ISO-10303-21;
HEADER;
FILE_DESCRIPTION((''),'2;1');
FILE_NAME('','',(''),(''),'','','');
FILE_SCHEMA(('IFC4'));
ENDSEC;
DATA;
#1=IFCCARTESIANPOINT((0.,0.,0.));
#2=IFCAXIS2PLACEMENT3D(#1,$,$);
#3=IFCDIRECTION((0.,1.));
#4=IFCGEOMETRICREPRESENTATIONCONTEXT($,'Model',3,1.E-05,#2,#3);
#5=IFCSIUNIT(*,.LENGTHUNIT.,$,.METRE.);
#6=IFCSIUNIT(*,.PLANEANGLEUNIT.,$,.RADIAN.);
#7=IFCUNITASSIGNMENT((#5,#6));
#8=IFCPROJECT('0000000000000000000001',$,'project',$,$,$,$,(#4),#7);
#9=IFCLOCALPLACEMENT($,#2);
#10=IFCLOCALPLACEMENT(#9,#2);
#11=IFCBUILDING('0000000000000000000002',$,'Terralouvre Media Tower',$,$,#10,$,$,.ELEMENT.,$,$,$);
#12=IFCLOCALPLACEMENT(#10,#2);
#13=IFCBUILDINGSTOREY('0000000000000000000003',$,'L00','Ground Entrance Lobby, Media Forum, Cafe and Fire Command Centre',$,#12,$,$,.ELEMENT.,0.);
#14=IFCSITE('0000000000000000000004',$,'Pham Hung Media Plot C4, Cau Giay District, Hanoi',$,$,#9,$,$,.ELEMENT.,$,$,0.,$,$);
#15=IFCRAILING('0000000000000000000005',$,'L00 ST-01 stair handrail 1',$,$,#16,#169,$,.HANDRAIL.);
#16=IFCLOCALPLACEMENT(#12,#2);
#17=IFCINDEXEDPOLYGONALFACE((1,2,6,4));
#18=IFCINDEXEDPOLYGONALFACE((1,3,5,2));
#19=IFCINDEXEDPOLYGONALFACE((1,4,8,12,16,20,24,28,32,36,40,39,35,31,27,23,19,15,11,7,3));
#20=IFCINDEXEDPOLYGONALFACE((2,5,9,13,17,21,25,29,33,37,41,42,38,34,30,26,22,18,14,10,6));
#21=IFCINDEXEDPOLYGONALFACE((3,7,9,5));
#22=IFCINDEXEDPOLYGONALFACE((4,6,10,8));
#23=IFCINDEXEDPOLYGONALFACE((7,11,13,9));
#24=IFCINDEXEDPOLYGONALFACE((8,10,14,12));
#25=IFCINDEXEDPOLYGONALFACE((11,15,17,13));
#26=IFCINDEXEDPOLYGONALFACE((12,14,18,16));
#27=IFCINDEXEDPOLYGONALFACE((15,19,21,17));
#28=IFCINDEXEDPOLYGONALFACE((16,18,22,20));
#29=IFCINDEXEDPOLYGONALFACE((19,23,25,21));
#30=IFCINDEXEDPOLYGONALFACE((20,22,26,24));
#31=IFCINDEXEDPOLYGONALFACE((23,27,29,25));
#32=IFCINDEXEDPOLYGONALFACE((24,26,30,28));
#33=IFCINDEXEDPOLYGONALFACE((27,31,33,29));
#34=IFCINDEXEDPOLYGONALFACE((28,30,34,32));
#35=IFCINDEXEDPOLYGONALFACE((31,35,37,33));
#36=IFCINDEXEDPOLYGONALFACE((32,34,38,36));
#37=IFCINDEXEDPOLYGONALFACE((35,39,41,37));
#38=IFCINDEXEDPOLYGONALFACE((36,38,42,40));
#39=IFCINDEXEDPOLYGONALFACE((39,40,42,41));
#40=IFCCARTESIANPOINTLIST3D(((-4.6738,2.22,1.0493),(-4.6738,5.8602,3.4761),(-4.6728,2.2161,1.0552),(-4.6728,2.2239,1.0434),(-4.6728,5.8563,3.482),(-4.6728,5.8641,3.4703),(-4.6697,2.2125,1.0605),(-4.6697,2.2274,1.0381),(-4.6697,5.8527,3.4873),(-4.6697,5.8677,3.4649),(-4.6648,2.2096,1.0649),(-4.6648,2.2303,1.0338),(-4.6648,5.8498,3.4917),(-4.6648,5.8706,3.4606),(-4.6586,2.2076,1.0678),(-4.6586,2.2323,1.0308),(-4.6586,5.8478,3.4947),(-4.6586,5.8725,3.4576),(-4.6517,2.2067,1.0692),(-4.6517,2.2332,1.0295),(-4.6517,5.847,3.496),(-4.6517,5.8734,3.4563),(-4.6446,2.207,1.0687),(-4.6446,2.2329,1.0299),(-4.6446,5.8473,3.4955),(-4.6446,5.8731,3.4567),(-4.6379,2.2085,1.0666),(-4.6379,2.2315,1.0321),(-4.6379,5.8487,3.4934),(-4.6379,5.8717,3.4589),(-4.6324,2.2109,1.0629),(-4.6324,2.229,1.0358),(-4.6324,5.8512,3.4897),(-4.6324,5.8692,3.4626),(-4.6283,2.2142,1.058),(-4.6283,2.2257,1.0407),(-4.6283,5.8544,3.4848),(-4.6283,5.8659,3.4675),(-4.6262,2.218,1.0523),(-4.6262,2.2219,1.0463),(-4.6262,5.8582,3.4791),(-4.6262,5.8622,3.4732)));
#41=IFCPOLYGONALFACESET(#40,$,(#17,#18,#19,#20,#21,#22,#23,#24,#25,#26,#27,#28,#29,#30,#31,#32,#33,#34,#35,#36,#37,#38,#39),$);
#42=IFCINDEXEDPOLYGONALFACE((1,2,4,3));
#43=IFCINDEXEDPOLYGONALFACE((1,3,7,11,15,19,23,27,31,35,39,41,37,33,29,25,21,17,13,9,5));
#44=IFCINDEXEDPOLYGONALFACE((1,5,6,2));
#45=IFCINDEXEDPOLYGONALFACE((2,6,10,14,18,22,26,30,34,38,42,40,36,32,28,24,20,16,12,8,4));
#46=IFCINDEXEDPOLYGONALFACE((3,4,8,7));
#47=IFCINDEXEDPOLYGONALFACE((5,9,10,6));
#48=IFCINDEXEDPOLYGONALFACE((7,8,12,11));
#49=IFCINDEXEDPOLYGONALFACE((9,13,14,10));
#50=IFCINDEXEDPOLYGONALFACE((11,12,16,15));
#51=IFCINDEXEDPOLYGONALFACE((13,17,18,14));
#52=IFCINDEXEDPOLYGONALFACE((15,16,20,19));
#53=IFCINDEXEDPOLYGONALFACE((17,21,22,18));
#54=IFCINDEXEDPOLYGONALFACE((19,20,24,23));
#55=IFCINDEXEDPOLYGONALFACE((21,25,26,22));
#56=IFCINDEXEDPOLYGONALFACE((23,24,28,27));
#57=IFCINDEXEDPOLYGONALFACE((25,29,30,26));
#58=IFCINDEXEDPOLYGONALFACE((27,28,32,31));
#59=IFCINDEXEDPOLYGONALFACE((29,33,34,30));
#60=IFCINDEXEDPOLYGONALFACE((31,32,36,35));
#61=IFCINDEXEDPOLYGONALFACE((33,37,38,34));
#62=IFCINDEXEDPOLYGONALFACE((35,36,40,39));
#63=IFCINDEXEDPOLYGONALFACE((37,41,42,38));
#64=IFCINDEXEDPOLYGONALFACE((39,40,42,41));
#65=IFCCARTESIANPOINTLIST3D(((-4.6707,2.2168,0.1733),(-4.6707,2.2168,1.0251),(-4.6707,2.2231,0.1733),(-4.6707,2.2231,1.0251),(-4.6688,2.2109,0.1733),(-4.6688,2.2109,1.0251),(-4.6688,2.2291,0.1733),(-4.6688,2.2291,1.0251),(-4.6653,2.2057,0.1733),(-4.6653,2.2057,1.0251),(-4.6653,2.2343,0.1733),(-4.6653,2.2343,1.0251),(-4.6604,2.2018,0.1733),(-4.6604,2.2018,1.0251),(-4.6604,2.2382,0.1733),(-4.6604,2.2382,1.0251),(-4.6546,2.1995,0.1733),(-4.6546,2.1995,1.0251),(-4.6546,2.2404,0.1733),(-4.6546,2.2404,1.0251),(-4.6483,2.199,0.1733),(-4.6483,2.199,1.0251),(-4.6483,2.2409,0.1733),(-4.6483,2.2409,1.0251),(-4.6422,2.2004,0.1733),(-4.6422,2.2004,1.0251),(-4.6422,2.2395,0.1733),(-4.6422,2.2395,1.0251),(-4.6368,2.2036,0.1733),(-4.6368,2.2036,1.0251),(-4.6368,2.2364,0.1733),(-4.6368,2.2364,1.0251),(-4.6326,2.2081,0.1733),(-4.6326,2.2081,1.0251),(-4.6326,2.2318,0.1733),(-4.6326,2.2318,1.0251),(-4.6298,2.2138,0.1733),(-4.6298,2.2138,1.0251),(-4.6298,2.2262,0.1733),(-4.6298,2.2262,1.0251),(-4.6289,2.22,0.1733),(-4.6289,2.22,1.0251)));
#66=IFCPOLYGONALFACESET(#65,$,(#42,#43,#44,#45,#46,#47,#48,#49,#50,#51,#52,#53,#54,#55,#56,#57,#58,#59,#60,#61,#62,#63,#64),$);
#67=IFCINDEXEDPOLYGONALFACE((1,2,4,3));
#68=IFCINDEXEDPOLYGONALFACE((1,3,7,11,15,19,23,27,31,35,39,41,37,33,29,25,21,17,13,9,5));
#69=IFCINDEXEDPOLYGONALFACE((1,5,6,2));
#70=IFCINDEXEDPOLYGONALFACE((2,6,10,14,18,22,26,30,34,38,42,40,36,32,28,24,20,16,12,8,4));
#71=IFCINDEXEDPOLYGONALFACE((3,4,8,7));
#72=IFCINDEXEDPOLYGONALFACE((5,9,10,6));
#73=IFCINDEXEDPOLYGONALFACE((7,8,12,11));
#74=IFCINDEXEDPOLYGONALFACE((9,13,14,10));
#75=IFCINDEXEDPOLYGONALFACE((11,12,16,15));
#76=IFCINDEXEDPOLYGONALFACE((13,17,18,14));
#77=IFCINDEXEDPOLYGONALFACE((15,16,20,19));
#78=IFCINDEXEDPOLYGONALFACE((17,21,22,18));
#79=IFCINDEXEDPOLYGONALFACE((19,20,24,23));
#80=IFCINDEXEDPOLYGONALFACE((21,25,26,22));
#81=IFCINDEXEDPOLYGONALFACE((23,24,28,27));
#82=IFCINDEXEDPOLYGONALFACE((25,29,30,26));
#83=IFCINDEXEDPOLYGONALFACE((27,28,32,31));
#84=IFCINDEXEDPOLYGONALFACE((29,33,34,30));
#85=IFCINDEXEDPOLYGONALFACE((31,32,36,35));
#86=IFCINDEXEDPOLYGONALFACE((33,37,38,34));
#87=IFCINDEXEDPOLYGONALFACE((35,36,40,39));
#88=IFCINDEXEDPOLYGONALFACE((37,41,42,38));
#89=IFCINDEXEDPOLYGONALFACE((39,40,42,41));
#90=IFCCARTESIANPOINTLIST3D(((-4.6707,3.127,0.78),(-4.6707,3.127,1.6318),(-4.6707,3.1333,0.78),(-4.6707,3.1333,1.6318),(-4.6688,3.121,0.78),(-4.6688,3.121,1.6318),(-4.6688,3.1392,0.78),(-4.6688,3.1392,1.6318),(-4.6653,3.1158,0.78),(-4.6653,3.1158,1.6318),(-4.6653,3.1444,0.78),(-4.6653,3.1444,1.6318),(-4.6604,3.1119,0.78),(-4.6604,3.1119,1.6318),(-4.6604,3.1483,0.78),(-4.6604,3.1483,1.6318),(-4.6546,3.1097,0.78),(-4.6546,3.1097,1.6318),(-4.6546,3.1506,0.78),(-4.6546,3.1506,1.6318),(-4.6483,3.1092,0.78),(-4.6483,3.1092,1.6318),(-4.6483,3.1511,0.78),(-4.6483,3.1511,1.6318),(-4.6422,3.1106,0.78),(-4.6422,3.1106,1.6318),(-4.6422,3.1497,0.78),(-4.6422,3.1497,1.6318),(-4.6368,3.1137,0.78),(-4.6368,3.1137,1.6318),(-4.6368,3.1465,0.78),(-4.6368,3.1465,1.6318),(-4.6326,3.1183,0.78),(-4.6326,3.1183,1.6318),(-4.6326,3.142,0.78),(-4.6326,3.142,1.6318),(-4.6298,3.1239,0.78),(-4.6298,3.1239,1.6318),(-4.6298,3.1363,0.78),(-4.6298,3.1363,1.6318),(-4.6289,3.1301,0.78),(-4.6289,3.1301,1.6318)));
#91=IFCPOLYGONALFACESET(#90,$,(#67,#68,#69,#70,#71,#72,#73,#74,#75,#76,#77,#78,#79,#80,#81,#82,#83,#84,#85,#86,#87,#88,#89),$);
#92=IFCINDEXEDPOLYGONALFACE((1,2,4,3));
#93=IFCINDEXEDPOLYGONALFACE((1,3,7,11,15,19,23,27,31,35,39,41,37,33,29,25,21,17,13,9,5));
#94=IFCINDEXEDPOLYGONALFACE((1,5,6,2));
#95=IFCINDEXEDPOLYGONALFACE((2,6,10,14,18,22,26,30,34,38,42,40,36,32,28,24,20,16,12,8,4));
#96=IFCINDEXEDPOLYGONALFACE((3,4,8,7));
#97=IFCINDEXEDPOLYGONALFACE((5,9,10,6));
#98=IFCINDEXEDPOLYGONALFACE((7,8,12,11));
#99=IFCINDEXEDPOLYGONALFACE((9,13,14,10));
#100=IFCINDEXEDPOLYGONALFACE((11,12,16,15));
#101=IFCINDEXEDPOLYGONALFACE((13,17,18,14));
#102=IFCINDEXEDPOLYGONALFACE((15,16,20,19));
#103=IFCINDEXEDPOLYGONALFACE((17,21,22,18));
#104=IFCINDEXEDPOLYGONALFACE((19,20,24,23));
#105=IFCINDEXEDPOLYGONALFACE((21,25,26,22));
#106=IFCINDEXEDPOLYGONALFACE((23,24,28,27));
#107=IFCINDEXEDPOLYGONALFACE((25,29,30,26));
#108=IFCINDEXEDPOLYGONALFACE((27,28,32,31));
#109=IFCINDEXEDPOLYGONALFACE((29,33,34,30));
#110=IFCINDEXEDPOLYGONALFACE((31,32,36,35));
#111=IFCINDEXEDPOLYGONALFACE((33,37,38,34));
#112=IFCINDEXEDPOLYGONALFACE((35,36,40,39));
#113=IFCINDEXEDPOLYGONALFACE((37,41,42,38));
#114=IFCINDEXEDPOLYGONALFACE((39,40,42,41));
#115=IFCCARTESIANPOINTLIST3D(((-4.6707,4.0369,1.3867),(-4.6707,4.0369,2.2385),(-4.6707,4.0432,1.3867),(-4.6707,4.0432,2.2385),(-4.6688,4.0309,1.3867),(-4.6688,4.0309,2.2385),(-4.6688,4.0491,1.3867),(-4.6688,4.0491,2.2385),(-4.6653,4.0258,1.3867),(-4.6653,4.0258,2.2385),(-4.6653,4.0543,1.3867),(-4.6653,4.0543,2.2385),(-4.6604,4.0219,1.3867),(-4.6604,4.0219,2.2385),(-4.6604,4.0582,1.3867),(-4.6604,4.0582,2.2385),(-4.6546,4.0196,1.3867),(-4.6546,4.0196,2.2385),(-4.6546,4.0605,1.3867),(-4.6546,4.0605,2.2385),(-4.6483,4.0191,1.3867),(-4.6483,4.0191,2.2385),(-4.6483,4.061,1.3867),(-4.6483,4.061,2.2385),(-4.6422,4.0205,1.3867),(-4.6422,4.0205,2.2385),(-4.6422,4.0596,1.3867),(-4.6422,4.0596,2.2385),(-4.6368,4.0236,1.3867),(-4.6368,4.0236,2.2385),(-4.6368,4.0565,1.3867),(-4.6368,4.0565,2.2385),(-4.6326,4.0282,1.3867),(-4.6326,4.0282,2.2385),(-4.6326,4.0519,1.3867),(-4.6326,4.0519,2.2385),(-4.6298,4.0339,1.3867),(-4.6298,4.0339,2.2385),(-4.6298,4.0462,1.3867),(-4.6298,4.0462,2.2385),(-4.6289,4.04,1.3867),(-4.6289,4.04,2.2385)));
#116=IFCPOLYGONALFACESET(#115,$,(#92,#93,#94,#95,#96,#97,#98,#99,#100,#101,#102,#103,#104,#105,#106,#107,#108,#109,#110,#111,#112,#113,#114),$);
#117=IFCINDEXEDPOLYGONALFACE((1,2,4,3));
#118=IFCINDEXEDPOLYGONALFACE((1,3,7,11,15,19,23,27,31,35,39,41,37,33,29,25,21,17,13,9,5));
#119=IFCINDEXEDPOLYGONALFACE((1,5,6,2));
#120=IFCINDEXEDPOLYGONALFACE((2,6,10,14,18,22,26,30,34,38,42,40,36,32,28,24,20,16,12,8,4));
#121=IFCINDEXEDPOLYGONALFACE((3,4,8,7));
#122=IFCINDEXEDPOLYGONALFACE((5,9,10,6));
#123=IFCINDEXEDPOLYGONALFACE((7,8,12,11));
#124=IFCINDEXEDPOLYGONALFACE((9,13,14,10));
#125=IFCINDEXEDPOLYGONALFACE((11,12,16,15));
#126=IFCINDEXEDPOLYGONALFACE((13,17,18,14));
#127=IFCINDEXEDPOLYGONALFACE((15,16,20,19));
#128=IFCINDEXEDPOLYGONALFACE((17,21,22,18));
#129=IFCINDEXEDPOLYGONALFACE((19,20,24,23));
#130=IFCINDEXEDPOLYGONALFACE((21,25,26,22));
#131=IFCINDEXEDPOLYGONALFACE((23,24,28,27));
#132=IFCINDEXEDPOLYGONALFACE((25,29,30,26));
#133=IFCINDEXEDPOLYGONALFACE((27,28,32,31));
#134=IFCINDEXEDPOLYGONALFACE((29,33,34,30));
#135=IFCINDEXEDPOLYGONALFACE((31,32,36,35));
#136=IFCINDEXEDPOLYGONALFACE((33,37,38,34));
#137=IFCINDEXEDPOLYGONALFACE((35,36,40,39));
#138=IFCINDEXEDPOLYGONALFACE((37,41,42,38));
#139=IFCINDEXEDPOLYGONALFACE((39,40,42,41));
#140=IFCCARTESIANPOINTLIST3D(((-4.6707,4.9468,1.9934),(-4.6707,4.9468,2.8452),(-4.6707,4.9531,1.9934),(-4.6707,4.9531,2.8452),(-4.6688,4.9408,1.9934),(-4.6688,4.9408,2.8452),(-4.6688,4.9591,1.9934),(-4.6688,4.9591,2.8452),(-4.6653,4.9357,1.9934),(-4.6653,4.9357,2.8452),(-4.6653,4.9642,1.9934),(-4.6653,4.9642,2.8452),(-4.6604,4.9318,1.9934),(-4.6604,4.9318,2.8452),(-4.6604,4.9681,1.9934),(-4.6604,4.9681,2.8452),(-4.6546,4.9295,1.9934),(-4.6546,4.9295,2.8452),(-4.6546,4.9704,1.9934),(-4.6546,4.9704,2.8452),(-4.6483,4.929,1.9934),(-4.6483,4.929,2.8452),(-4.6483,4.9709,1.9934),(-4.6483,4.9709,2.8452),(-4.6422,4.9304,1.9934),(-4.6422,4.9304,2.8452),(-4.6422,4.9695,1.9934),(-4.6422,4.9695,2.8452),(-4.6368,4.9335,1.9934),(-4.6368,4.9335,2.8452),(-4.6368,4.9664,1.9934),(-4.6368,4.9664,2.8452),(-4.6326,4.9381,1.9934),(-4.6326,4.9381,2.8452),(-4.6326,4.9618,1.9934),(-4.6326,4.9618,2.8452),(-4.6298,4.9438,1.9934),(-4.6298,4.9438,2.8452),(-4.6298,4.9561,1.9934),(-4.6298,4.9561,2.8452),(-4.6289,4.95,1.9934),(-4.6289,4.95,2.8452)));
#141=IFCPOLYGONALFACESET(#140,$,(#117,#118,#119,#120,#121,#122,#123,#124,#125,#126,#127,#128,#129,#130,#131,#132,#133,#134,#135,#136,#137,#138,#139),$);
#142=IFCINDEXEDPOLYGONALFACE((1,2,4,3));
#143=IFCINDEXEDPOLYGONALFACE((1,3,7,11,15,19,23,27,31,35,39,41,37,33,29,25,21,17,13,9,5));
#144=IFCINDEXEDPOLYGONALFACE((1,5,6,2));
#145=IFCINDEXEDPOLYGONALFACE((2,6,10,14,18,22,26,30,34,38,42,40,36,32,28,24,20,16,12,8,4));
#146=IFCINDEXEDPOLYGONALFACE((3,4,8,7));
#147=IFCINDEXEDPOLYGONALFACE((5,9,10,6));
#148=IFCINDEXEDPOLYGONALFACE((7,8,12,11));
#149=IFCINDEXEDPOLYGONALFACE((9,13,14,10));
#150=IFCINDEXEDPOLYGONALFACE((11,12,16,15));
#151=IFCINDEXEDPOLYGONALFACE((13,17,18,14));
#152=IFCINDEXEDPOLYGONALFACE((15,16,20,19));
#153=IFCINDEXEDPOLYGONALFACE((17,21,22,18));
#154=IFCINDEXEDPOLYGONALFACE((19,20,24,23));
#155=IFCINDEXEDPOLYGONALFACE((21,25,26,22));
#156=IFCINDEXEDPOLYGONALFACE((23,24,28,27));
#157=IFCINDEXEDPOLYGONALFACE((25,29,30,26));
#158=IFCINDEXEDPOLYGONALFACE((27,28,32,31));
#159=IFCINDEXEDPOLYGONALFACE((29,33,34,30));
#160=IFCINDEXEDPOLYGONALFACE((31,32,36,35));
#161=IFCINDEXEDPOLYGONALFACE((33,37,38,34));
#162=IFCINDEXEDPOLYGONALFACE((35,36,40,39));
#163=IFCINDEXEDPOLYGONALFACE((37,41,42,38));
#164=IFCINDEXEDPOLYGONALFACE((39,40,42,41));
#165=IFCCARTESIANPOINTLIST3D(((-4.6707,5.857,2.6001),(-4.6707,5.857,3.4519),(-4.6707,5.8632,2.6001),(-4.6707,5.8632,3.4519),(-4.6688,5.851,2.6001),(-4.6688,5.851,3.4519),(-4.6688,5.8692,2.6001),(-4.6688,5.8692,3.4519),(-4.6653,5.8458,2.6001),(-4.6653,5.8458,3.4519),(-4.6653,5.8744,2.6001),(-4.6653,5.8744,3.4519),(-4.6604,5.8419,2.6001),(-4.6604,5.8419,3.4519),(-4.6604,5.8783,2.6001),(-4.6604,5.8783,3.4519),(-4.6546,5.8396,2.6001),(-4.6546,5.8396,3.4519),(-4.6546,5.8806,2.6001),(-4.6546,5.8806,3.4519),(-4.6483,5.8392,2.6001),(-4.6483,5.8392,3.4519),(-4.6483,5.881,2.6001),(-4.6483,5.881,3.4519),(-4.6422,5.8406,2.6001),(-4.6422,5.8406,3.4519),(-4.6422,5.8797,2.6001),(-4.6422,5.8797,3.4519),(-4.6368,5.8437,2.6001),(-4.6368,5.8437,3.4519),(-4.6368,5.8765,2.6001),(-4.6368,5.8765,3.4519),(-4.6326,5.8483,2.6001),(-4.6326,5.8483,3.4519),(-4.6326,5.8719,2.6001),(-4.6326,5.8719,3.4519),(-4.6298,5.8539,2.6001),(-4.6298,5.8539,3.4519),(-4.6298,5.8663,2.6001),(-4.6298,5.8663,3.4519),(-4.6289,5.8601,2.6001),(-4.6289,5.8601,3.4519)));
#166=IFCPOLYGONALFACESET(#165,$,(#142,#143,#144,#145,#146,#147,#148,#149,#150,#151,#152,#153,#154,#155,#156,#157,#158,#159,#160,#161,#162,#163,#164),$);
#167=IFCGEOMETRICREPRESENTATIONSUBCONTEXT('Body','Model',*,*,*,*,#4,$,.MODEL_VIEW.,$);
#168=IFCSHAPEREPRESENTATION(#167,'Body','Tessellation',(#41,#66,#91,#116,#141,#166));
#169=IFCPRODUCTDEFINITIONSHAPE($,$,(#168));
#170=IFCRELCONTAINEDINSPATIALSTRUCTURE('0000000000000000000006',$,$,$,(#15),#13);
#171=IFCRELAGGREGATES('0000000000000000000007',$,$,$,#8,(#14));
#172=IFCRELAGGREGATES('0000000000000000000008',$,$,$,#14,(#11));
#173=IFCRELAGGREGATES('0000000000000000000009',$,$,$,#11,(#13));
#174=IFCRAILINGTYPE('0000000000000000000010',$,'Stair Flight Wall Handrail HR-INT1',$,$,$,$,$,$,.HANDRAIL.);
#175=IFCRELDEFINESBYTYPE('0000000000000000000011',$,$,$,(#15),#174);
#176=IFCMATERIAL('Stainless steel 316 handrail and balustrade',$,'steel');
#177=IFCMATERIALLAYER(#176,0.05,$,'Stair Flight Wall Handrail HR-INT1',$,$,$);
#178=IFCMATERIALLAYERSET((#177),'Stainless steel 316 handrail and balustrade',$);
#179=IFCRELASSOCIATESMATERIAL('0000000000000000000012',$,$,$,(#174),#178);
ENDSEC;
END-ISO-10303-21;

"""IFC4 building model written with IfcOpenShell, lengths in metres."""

from ifc_helpers import new_model, si_unit, direction, frame, origin, origin_2d, place, context, subcontext, project, spatial, circle, extrude, material, layer, layer_set, type_object, element, save


model = new_model("IFC4")

# Units and contexts
model_context = context("Model", 3, precision=1e-05, world=origin(), true_north=direction((0.0, 1.0)))
body_context = subcontext(model_context, "Body", "Model", "MODEL_VIEW")
ifc_project = project(units=[si_unit("LENGTHUNIT", "METRE"), si_unit("PLANEANGLEUNIT", "RADIAN")], contexts=[model_context])

# Site, building, storey
site_placement = place(None, origin())
site = spatial("IfcSite", under=ifc_project, at=site_placement, Name="Pham Hung Media Plot C4, Cau Giay District, Hanoi", CompositionType="ELEMENT", RefElevation=0.0)
building_placement = place(site_placement, origin())
building = spatial("IfcBuilding", under=site, at=building_placement, Name="Terralouvre Media Tower", CompositionType="ELEMENT")
storey_placement = place(building_placement, origin())
storey = spatial("IfcBuildingStorey", under=building, at=storey_placement, Name="L00", Description="Ground Entrance Lobby, Media Forum, Cafe and Fire Command Centre", CompositionType="ELEMENT", Elevation=0.0)

# Railing
ifc_material_1 = material(Name="Stainless steel 316 handrail and balustrade", Category="steel")
ifc_layer_1 = layer(ifc_material_1, 0.05, Name="Stair Flight Wall Handrail HR-INT1")
ifc_layer_set_1 = layer_set([ifc_layer_1], Name="Stainless steel 316 handrail and balustrade")
railing_type_1 = type_object("IfcRailingType", Name="Stair Flight Wall Handrail HR-INT1", PredefinedType="HANDRAIL", material=ifc_layer_set_1)
railing_1_placement = place(storey_placement, frame((-4.6499, 2.22, 0.1733)))
element("IfcRailing", 1, at=railing_1_placement, inside=storey, type_object=railing_type_1, Name="L00 ST-01 stair handrail 1", PredefinedType="HANDRAIL", context=body_context, shape_type="SweptSolid", body=[
    extrude(circle(Radius=0.0239, at=origin_2d()), frame((0.0, 0.0, 0.876), z_axis=(0.0, 0.83205, 0.5547), x_axis=(-1.0, 0.0, 0.0)), (0.0, 0.0, 1.0), 4.375),
    extrude(circle(Radius=0.021, at=origin_2d()), origin(), (0.0, 0.0, 1.0), 0.8518),
    extrude(circle(Radius=0.021, at=origin_2d()), frame((0.0, 0.9102, 0.6067)), (0.0, 0.0, 1.0), 0.8518),
    extrude(circle(Radius=0.021, at=origin_2d()), frame((0.0, 1.8201, 1.2134)), (0.0, 0.0, 1.0), 0.8518),
    extrude(circle(Radius=0.021, at=origin_2d()), frame((0.0, 2.73, 1.8201)), (0.0, 0.0, 1.0), 0.8518),
    extrude(circle(Radius=0.021, at=origin_2d()), frame((0.0, 3.6401, 2.4268)), (0.0, 0.0, 1.0), 0.8518),
])

save(model, "model.ifc")
